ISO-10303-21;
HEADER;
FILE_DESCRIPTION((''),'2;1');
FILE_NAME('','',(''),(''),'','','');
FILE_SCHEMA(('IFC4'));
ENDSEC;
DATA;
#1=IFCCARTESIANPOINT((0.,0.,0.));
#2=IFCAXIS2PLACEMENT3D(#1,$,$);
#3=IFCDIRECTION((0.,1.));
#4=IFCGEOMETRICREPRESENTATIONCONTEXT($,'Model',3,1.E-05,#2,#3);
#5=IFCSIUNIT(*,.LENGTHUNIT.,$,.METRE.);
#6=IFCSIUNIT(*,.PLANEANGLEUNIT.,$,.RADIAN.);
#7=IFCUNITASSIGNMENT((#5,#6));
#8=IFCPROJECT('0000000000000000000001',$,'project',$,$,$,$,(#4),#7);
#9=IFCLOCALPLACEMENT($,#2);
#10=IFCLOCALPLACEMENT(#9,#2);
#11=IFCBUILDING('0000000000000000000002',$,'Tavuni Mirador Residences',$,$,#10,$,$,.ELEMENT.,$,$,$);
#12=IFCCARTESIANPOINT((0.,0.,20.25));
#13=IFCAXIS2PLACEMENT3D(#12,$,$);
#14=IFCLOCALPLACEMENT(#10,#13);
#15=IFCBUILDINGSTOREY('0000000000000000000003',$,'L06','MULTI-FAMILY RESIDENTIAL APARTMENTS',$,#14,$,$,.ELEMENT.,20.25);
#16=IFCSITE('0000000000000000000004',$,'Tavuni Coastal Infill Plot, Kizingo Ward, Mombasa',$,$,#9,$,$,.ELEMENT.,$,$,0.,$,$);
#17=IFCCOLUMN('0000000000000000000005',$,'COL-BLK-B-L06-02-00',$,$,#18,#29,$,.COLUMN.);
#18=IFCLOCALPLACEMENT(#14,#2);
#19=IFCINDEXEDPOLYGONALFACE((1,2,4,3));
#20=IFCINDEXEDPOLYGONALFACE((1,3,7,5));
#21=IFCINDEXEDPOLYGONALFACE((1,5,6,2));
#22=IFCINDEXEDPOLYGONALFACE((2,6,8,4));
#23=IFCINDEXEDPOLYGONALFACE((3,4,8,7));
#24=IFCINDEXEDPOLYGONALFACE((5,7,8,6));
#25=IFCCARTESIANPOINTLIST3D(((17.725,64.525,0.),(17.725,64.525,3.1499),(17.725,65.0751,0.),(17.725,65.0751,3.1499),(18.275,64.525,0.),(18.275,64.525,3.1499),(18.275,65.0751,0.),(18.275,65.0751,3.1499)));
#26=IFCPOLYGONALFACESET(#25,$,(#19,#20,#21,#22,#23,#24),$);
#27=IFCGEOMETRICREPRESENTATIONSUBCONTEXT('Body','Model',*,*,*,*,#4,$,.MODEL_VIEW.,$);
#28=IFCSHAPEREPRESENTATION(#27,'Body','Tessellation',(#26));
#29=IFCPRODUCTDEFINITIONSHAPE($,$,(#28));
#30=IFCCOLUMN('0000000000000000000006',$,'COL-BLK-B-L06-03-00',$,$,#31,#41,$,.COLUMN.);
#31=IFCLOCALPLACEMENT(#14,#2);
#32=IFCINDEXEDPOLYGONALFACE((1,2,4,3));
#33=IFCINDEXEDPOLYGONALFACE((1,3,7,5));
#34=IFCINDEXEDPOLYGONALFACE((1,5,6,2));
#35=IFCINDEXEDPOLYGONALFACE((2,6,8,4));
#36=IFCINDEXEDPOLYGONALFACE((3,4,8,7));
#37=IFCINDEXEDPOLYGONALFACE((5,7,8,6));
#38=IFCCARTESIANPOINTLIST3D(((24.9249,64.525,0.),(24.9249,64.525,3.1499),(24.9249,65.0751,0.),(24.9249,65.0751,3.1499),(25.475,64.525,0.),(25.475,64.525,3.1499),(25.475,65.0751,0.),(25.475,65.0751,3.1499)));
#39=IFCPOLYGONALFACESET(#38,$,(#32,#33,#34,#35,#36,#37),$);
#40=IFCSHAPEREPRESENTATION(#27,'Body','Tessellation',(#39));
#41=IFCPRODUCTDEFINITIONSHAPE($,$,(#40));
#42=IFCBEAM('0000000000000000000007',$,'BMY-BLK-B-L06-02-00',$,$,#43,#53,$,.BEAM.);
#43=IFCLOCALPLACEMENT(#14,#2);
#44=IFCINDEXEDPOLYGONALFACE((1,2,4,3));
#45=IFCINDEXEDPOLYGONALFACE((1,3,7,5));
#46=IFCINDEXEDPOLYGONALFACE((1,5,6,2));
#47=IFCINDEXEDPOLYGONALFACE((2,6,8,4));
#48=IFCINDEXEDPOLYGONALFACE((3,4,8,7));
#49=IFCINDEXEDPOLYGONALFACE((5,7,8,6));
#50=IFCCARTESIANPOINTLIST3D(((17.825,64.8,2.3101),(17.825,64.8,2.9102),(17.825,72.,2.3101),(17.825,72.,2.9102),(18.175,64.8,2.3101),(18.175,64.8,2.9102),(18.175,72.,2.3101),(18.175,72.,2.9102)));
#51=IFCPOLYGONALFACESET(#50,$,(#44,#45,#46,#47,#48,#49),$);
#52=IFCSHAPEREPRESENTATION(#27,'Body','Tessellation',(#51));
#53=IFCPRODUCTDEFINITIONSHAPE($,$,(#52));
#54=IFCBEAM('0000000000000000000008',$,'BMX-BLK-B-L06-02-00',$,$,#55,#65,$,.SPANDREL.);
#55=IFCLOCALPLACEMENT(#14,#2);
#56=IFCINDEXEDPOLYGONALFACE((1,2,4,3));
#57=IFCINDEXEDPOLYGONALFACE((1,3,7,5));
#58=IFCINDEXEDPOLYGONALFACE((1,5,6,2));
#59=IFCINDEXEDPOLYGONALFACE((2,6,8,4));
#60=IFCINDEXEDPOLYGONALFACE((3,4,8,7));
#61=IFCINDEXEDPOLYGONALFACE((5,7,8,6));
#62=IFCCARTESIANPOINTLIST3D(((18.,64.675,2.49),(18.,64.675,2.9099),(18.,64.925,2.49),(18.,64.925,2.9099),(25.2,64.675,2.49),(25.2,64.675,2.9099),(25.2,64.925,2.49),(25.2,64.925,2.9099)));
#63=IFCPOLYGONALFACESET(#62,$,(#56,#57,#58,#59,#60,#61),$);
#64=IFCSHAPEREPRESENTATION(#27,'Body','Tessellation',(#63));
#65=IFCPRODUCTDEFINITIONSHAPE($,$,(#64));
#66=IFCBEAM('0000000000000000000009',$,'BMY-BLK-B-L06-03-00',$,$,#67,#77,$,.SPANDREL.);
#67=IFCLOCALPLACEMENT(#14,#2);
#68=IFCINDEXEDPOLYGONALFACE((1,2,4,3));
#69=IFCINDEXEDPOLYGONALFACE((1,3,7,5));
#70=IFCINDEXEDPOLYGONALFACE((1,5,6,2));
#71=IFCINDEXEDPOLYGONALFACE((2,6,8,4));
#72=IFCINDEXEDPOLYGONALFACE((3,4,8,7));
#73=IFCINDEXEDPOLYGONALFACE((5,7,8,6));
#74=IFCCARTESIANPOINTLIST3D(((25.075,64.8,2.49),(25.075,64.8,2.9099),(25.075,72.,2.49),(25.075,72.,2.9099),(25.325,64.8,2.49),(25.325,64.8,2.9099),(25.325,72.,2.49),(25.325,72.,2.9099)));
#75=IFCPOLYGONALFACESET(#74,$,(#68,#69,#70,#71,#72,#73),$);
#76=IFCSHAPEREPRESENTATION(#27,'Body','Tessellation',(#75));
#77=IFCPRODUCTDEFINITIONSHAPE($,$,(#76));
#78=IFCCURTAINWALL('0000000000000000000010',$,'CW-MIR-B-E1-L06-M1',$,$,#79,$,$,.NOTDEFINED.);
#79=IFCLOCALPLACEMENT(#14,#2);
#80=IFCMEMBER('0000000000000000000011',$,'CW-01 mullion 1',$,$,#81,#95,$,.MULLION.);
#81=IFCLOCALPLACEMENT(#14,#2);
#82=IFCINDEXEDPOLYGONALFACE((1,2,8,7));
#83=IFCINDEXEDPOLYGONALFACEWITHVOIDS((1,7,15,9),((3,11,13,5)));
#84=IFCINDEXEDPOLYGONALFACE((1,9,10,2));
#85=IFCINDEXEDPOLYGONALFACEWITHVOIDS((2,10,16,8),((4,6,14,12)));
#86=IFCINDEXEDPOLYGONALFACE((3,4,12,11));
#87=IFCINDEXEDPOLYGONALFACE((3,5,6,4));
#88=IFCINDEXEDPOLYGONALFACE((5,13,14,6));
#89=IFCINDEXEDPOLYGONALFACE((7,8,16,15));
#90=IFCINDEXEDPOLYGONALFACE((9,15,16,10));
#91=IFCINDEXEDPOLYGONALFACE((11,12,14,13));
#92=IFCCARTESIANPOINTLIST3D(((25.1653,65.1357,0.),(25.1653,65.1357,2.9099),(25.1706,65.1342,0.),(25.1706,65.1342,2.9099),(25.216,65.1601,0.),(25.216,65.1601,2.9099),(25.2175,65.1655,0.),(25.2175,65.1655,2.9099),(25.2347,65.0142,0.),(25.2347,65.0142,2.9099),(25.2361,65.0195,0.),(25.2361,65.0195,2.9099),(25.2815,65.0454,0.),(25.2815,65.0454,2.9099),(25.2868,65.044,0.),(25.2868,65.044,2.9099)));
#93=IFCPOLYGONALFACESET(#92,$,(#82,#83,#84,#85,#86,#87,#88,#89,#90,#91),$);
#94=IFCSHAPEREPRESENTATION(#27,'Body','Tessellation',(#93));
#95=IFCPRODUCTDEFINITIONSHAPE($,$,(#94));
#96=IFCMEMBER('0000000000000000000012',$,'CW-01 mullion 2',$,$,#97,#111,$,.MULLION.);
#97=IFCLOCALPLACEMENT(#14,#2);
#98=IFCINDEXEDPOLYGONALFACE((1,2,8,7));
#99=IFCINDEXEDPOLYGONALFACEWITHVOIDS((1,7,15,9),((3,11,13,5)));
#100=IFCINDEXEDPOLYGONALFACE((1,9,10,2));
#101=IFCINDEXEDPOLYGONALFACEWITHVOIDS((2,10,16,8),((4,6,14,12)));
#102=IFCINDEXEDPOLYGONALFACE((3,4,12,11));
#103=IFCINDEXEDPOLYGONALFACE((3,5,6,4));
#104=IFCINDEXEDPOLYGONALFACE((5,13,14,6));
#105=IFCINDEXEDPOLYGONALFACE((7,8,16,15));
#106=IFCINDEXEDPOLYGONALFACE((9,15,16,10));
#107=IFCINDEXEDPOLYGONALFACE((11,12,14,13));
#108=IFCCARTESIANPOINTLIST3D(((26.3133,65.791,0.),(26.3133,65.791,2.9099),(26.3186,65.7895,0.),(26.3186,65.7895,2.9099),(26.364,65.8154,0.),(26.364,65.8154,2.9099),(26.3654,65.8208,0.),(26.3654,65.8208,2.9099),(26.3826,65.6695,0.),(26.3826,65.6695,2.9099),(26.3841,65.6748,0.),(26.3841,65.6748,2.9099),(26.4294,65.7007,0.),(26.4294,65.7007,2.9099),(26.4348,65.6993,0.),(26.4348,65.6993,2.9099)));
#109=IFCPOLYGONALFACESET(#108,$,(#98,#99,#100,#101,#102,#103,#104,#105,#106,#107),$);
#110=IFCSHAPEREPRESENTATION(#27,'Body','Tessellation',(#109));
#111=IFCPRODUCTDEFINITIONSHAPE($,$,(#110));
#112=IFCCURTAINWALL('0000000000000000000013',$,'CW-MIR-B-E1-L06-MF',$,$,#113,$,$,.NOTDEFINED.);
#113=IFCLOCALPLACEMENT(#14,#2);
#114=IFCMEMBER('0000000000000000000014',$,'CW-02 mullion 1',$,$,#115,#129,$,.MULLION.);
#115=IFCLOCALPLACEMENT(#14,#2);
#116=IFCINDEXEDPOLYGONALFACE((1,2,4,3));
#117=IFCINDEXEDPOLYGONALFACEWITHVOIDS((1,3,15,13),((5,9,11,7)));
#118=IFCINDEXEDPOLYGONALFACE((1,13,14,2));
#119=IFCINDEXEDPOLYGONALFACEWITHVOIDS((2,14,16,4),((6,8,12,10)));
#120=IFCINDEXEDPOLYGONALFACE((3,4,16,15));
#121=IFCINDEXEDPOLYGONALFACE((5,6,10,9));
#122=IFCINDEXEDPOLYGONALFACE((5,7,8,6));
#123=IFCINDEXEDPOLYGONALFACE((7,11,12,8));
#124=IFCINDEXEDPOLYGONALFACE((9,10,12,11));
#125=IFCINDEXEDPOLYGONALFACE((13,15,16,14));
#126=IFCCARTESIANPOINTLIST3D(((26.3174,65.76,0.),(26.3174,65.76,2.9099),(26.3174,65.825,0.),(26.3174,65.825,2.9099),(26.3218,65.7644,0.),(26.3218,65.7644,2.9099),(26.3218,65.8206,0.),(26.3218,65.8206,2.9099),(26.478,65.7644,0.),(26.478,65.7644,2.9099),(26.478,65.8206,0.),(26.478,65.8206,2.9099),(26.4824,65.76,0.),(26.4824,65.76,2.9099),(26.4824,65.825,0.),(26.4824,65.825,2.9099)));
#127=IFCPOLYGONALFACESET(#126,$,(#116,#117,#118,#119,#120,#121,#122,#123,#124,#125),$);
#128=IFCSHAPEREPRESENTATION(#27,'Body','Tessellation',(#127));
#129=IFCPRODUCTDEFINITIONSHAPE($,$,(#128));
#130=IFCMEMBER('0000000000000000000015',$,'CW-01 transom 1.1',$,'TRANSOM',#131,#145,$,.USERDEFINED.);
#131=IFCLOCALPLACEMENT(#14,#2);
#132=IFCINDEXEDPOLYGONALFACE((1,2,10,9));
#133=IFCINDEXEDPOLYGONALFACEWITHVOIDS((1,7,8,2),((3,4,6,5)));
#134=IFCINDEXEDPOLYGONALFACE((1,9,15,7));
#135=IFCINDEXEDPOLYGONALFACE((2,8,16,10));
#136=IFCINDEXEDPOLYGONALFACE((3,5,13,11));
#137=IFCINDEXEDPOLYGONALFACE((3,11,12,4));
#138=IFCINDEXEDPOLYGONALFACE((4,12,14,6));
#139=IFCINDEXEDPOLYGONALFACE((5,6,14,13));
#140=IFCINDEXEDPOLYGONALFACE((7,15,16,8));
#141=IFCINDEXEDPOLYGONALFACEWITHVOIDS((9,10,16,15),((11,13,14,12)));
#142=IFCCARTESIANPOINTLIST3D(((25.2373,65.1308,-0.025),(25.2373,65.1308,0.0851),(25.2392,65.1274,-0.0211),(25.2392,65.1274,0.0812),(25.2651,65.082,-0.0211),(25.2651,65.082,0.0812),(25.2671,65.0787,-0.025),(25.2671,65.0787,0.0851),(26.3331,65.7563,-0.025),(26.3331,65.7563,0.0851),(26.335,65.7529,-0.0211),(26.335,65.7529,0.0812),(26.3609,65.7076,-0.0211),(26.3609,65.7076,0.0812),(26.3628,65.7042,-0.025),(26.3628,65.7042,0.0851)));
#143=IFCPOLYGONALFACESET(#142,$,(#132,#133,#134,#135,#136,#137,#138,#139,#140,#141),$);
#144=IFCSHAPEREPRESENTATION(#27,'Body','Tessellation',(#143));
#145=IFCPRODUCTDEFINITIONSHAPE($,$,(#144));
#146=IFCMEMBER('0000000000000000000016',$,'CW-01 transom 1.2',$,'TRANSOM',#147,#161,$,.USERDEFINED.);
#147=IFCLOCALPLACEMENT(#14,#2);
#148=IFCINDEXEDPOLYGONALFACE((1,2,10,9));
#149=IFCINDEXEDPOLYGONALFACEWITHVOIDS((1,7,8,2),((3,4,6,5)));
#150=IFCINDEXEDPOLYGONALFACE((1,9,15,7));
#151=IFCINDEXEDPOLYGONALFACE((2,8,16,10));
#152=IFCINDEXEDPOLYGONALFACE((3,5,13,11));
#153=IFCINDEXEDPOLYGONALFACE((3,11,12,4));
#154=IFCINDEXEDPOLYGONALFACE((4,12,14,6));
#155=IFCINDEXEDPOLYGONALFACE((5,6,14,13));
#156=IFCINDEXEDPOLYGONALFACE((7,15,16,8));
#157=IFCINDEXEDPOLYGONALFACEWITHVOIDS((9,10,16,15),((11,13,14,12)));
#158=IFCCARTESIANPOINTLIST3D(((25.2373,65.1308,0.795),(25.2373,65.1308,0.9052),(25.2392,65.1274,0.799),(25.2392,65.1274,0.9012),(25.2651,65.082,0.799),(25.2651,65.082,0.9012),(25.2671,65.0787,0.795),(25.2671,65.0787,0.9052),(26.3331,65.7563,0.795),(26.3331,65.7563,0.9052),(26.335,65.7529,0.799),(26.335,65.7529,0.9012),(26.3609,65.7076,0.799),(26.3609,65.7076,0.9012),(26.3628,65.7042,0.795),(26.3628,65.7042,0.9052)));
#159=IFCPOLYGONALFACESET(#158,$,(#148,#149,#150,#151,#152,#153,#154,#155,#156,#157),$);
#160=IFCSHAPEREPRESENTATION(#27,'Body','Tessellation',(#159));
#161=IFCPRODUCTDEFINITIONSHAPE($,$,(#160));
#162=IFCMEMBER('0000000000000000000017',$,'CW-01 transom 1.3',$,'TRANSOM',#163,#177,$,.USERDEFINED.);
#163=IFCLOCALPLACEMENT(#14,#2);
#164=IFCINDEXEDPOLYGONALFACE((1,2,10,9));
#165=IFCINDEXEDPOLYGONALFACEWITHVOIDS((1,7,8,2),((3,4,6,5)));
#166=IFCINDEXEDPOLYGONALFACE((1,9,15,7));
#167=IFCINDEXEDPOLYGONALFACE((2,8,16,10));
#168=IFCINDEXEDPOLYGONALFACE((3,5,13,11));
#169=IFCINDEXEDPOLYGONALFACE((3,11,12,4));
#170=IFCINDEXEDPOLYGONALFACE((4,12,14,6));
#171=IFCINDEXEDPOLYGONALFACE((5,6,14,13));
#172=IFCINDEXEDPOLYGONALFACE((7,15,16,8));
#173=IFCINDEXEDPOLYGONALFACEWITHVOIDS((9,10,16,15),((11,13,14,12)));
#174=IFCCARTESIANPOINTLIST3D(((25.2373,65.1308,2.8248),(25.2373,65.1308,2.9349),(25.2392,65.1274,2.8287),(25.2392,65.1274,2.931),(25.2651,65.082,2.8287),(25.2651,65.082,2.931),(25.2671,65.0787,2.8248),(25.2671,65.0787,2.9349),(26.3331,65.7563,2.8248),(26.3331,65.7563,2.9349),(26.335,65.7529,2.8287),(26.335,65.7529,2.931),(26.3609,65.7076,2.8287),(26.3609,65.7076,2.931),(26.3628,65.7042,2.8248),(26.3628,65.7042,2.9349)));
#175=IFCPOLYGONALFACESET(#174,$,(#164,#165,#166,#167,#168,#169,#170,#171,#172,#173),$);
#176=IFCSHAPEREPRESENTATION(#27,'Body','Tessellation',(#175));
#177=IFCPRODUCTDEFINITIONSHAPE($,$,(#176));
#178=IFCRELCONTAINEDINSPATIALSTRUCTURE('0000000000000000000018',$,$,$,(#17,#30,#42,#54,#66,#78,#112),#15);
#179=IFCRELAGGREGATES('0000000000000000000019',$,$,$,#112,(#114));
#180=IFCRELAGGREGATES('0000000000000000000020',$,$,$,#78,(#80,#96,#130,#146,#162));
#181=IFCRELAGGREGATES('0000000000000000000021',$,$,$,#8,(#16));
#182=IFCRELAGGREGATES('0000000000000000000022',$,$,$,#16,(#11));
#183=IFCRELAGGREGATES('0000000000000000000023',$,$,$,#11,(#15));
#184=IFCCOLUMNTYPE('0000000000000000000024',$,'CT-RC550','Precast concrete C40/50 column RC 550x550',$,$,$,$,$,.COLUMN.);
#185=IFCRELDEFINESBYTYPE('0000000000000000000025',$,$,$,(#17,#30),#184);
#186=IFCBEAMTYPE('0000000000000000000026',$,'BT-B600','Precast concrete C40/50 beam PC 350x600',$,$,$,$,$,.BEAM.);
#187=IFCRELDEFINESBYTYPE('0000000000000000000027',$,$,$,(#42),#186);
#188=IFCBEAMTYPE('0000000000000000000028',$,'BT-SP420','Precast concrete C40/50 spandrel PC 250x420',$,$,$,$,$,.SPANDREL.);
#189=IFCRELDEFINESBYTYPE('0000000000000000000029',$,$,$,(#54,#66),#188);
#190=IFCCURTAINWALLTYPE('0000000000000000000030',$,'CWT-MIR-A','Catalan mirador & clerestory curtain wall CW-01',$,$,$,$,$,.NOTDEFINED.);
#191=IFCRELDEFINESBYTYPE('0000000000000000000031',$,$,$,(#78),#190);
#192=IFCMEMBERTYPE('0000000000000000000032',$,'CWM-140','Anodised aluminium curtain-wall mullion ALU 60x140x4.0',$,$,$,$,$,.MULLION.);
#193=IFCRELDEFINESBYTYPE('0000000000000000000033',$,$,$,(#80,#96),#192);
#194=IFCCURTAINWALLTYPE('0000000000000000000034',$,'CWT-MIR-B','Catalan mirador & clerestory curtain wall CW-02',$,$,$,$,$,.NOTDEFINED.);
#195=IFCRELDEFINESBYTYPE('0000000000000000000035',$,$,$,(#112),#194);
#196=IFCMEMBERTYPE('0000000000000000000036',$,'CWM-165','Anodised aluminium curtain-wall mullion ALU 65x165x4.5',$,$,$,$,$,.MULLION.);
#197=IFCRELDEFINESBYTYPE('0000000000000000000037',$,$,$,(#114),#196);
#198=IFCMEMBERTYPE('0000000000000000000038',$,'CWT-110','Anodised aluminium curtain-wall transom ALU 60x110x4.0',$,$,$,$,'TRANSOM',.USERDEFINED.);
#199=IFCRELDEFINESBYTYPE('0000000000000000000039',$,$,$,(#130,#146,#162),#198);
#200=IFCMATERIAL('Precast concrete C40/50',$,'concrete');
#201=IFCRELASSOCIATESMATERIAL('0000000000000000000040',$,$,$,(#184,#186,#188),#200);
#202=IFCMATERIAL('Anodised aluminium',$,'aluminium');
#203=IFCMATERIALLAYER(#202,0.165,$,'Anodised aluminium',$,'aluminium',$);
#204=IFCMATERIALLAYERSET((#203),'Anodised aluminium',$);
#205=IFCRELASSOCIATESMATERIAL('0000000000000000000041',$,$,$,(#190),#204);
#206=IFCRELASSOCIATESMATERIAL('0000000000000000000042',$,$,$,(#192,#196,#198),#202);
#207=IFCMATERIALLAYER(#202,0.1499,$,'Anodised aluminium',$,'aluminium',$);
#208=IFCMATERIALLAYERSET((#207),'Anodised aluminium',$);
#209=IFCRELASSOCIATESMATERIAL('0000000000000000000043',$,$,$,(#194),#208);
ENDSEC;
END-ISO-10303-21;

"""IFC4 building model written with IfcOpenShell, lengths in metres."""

from ifc_helpers import new_model, si_unit, direction, frame, origin, origin_2d, place, context, subcontext, project, spatial, rectangle, hollow_rectangle, extrude, material, layer, layer_set, material_profile, profile_set, type_object, element, aggregate, save


model = new_model("IFC4")

# Units and contexts
model_context = context("Model", 3, precision=1e-05, world=origin(), true_north=direction((0.0, 1.0)))
body_context = subcontext(model_context, "Body", "Model", "MODEL_VIEW")
ifc_project = project(units=[si_unit("LENGTHUNIT", "METRE"), si_unit("PLANEANGLEUNIT", "RADIAN")], contexts=[model_context])

# Site, building, storey
site_placement = place(None, origin())
site = spatial("IfcSite", under=ifc_project, at=site_placement, Name="Tavuni Coastal Infill Plot, Kizingo Ward, Mombasa", CompositionType="ELEMENT", RefElevation=0.0)
building_placement = place(site_placement, origin())
building = spatial("IfcBuilding", under=site, at=building_placement, Name="Tavuni Mirador Residences", CompositionType="ELEMENT")
storey_placement = place(building_placement, frame((0.0, 0.0, 20.25)))
storey = spatial("IfcBuildingStorey", under=building, at=storey_placement, Name="L06", Description="MULTI-FAMILY RESIDENTIAL APARTMENTS", CompositionType="ELEMENT", Elevation=20.25)

# Columns
ifc_material_1 = material(Name="Precast concrete C40/50", Category="concrete")
ifc_material_profile_1 = material_profile(ifc_material_1, rectangle(XDim=0.55, YDim=0.55, at=origin_2d()), Name="RC 550x550", Category="concrete")
ifc_profile_set_1 = profile_set([ifc_material_profile_1], Name="Precast concrete C40/50")
column_type = type_object("IfcColumnType", Name="CT-RC550", Description="Precast concrete C40/50 column RC 550x550", PredefinedType="COLUMN", material=ifc_profile_set_1)
for number, where, z_axis, x_axis, name in (
    (1, (18.0, 64.8, 0.0), (0.0, 0.0, 1.0), (1.0, 0.0, 0.0), "COL-BLK-B-L06-02-00"),
    (2, (25.2, 64.8, 0.0), (0.0, 0.0, 1.0), (1.0, 0.0, 0.0), "COL-BLK-B-L06-03-00"),
):
    element("IfcColumn", number, at=place(storey_placement, frame(where, z_axis=z_axis, x_axis=x_axis)), inside=storey, type_object=column_type, Name=name, PredefinedType="COLUMN", context=body_context, shape_type="SweptSolid", body=[
        extrude(rectangle(XDim=0.55, YDim=0.55, at=origin_2d()), origin(), (0.0, 0.0, 1.0), 3.1499),
    ])

# Beams
ifc_material_profile_2 = material_profile(ifc_material_1, rectangle(XDim=0.3501, YDim=0.6001, at=origin_2d()), Name="PC 350x600", Category="concrete")
ifc_profile_set_2 = profile_set([ifc_material_profile_2], Name="Precast concrete C40/50")
beam_type_1 = type_object("IfcBeamType", Name="BT-B600", Description="Precast concrete C40/50 beam PC 350x600", PredefinedType="BEAM", material=ifc_profile_set_2)
beam_placement = place(storey_placement, frame((18.0, 64.8, 2.6101), z_axis=(0.0, 1.0, 0.0), x_axis=(-1.0, 0.0, 0.0)))
element("IfcBeam", 3, at=beam_placement, inside=storey, type_object=beam_type_1, Name="BMY-BLK-B-L06-02-00", PredefinedType="BEAM", context=body_context, shape_type="SweptSolid", body=[
    extrude(rectangle(XDim=0.3501, YDim=0.6001, at=origin_2d()), origin(), (0.0, 0.0, 1.0), 7.2),
])
ifc_material_profile_3 = material_profile(ifc_material_1, rectangle(XDim=0.25, YDim=0.4199, at=origin_2d()), Name="PC 250x420", Category="concrete")
ifc_profile_set_3 = profile_set([ifc_material_profile_3], Name="Precast concrete C40/50")
beam_type_2 = type_object("IfcBeamType", Name="BT-SP420", Description="Precast concrete C40/50 spandrel PC 250x420", PredefinedType="SPANDREL", material=ifc_profile_set_3)
for number, where, z_axis, x_axis, name in (
    (4, (18.0, 64.8, 2.7), (1.0, 0.0, 0.0), (0.0, 1.0, 0.0), "BMX-BLK-B-L06-02-00"),
    (5, (25.2, 64.8, 2.7), (0.0, 1.0, 0.0), (-1.0, 0.0, 0.0), "BMY-BLK-B-L06-03-00"),
):
    element("IfcBeam", number, at=place(storey_placement, frame(where, z_axis=z_axis, x_axis=x_axis)), inside=storey, type_object=beam_type_2, Name=name, PredefinedType="SPANDREL", context=body_context, shape_type="SweptSolid", body=[
        extrude(rectangle(XDim=0.25, YDim=0.4199, at=origin_2d()), origin(), (0.0, 0.0, 1.0), 7.2),
    ])

# Curtain wall, members
ifc_material_2 = material(Name="Anodised aluminium", Category="aluminium")
ifc_layer_1 = layer(ifc_material_2, 0.165, Name="Anodised aluminium", Category="aluminium")
ifc_layer_set_1 = layer_set([ifc_layer_1], Name="Anodised aluminium")
curtain_wall_type_1 = type_object("IfcCurtainWallType", Name="CWT-MIR-A", Description="Catalan mirador & clerestory curtain wall CW-01", PredefinedType="NOTDEFINED", material=ifc_layer_set_1)
curtain_wall_1_placement = place(storey_placement, origin())
curtain_wall_1 = element("IfcCurtainWall", 6, at=curtain_wall_1_placement, inside=storey, type_object=curtain_wall_type_1, Name="CW-MIR-B-E1-L06-M1", PredefinedType="NOTDEFINED")
ifc_material_profile_4 = material_profile(ifc_material_2, hollow_rectangle(XDim=0.0601, YDim=0.1399, WallThickness=0.0039, at=origin_2d()), Name="ALU 60x140x4.0", Category="aluminium")
ifc_profile_set_4 = profile_set([ifc_material_profile_4], Name="Anodised aluminium")
member_type_1 = type_object("IfcMemberType", Name="CWM-140", Description="Anodised aluminium curtain-wall mullion ALU 60x140x4.0", PredefinedType="MULLION", material=ifc_profile_set_4)
member_1_placement = place(storey_placement, frame((25.2261, 65.0898, 0.0), z_axis=(0.0, 0.0, 1.0), x_axis=(0.868466, 0.495749, 0.0)))
member_1 = element("IfcMember", 7, at=member_1_placement, type_object=member_type_1, Name="CW-01 mullion 1", PredefinedType="MULLION", context=body_context, shape_type="SweptSolid", body=[
    extrude(hollow_rectangle(XDim=0.0601, YDim=0.1399, WallThickness=0.0039, at=origin_2d()), origin(), (0.0, 0.0, 1.0), 2.9099),
])
member_2_placement = place(storey_placement, frame((26.374, 65.7451, 0.0), z_axis=(0.0, 0.0, 1.0), x_axis=(0.868466, 0.495749, 0.0)))
member_2 = element("IfcMember", 8, at=member_2_placement, type_object=member_type_1, Name="CW-01 mullion 2", PredefinedType="MULLION", context=body_context, shape_type="SweptSolid", body=[
    extrude(hollow_rectangle(XDim=0.0601, YDim=0.1399, WallThickness=0.0039, at=origin_2d()), origin(), (0.0, 0.0, 1.0), 2.9099),
])

# Curtain wall, member
ifc_layer_2 = layer(ifc_material_2, 0.1499, Name="Anodised aluminium", Category="aluminium")
ifc_layer_set_2 = layer_set([ifc_layer_2], Name="Anodised aluminium")
curtain_wall_type_2 = type_object("IfcCurtainWallType", Name="CWT-MIR-B", Description="Catalan mirador & clerestory curtain wall CW-02", PredefinedType="NOTDEFINED", material=ifc_layer_set_2)
curtain_wall_2_placement = place(storey_placement, origin())
curtain_wall_2 = element("IfcCurtainWall", 9, at=curtain_wall_2_placement, inside=storey, type_object=curtain_wall_type_2, Name="CW-MIR-B-E1-L06-MF", PredefinedType="NOTDEFINED")
ifc_material_profile_5 = material_profile(ifc_material_2, hollow_rectangle(XDim=0.0649, YDim=0.165, WallThickness=0.0044, at=origin_2d()), Name="ALU 65x165x4.5", Category="aluminium")
ifc_profile_set_5 = profile_set([ifc_material_profile_5], Name="Anodised aluminium")
member_type_2 = type_object("IfcMemberType", Name="CWM-165", Description="Anodised aluminium curtain-wall mullion ALU 65x165x4.5", PredefinedType="MULLION", material=ifc_profile_set_5)
member_3_placement = place(storey_placement, frame((26.3999, 65.7925, 0.0), z_axis=(0.0, 0.0, 1.0), x_axis=(0.0, 1.0, 0.0)))
member_3 = element("IfcMember", 10, at=member_3_placement, type_object=member_type_2, Name="CW-02 mullion 1", PredefinedType="MULLION", context=body_context, shape_type="SweptSolid", body=[
    extrude(hollow_rectangle(XDim=0.0649, YDim=0.165, WallThickness=0.0044, at=origin_2d()), origin(), (0.0, 0.0, 1.0), 2.9099),
])

# Members
ifc_material_profile_6 = material_profile(ifc_material_2, hollow_rectangle(XDim=0.0601, YDim=0.1101, WallThickness=0.0039, at=origin_2d()), Name="ALU 60x110x4.0", Category="aluminium")
ifc_profile_set_6 = profile_set([ifc_material_profile_6], Name="Anodised aluminium")
member_type_3 = type_object("IfcMemberType", Name="CWT-110", Description="Anodised aluminium curtain-wall transom ALU 60x110x4.0", ElementType="TRANSOM", PredefinedType="USERDEFINED", material=ifc_profile_set_6)
member_4_placement = place(storey_placement, frame((25.2522, 65.1047, 0.03), z_axis=(0.868457, 0.495764, 0.0), x_axis=(-0.495764, 0.868457, 0.0)))
member_4 = element("IfcMember", 11, at=member_4_placement, type_object=member_type_3, Name="CW-01 transom 1.1", ObjectType="TRANSOM", PredefinedType="USERDEFINED", context=body_context, shape_type="SweptSolid", body=[
    extrude(hollow_rectangle(XDim=0.0601, YDim=0.1101, WallThickness=0.0039, at=origin_2d()), origin(), (0.0, 0.0, 1.0), 1.2617),
])
member_5_placement = place(storey_placement, frame((25.2522, 65.1047, 0.8501), z_axis=(0.868457, 0.495764, 0.0), x_axis=(-0.495764, 0.868457, 0.0)))
member_5 = element("IfcMember", 12, at=member_5_placement, type_object=member_type_3, Name="CW-01 transom 1.2", ObjectType="TRANSOM", PredefinedType="USERDEFINED", context=body_context, shape_type="SweptSolid", body=[
    extrude(hollow_rectangle(XDim=0.0601, YDim=0.1101, WallThickness=0.0039, at=origin_2d()), origin(), (0.0, 0.0, 1.0), 1.2617),
])
member_6_placement = place(storey_placement, frame((25.2522, 65.1047, 2.8799), z_axis=(0.868457, 0.495764, 0.0), x_axis=(-0.495764, 0.868457, 0.0)))
member_6 = element("IfcMember", 13, at=member_6_placement, type_object=member_type_3, Name="CW-01 transom 1.3", ObjectType="TRANSOM", PredefinedType="USERDEFINED", context=body_context, shape_type="SweptSolid", body=[
    extrude(hollow_rectangle(XDim=0.0601, YDim=0.1101, WallThickness=0.0039, at=origin_2d()), origin(), (0.0, 0.0, 1.0), 1.2617),
])
aggregate(curtain_wall_2, [member_3])

aggregate(curtain_wall_1, [member_1, member_2, member_4, member_5, member_6])

save(model, "model.ifc")
